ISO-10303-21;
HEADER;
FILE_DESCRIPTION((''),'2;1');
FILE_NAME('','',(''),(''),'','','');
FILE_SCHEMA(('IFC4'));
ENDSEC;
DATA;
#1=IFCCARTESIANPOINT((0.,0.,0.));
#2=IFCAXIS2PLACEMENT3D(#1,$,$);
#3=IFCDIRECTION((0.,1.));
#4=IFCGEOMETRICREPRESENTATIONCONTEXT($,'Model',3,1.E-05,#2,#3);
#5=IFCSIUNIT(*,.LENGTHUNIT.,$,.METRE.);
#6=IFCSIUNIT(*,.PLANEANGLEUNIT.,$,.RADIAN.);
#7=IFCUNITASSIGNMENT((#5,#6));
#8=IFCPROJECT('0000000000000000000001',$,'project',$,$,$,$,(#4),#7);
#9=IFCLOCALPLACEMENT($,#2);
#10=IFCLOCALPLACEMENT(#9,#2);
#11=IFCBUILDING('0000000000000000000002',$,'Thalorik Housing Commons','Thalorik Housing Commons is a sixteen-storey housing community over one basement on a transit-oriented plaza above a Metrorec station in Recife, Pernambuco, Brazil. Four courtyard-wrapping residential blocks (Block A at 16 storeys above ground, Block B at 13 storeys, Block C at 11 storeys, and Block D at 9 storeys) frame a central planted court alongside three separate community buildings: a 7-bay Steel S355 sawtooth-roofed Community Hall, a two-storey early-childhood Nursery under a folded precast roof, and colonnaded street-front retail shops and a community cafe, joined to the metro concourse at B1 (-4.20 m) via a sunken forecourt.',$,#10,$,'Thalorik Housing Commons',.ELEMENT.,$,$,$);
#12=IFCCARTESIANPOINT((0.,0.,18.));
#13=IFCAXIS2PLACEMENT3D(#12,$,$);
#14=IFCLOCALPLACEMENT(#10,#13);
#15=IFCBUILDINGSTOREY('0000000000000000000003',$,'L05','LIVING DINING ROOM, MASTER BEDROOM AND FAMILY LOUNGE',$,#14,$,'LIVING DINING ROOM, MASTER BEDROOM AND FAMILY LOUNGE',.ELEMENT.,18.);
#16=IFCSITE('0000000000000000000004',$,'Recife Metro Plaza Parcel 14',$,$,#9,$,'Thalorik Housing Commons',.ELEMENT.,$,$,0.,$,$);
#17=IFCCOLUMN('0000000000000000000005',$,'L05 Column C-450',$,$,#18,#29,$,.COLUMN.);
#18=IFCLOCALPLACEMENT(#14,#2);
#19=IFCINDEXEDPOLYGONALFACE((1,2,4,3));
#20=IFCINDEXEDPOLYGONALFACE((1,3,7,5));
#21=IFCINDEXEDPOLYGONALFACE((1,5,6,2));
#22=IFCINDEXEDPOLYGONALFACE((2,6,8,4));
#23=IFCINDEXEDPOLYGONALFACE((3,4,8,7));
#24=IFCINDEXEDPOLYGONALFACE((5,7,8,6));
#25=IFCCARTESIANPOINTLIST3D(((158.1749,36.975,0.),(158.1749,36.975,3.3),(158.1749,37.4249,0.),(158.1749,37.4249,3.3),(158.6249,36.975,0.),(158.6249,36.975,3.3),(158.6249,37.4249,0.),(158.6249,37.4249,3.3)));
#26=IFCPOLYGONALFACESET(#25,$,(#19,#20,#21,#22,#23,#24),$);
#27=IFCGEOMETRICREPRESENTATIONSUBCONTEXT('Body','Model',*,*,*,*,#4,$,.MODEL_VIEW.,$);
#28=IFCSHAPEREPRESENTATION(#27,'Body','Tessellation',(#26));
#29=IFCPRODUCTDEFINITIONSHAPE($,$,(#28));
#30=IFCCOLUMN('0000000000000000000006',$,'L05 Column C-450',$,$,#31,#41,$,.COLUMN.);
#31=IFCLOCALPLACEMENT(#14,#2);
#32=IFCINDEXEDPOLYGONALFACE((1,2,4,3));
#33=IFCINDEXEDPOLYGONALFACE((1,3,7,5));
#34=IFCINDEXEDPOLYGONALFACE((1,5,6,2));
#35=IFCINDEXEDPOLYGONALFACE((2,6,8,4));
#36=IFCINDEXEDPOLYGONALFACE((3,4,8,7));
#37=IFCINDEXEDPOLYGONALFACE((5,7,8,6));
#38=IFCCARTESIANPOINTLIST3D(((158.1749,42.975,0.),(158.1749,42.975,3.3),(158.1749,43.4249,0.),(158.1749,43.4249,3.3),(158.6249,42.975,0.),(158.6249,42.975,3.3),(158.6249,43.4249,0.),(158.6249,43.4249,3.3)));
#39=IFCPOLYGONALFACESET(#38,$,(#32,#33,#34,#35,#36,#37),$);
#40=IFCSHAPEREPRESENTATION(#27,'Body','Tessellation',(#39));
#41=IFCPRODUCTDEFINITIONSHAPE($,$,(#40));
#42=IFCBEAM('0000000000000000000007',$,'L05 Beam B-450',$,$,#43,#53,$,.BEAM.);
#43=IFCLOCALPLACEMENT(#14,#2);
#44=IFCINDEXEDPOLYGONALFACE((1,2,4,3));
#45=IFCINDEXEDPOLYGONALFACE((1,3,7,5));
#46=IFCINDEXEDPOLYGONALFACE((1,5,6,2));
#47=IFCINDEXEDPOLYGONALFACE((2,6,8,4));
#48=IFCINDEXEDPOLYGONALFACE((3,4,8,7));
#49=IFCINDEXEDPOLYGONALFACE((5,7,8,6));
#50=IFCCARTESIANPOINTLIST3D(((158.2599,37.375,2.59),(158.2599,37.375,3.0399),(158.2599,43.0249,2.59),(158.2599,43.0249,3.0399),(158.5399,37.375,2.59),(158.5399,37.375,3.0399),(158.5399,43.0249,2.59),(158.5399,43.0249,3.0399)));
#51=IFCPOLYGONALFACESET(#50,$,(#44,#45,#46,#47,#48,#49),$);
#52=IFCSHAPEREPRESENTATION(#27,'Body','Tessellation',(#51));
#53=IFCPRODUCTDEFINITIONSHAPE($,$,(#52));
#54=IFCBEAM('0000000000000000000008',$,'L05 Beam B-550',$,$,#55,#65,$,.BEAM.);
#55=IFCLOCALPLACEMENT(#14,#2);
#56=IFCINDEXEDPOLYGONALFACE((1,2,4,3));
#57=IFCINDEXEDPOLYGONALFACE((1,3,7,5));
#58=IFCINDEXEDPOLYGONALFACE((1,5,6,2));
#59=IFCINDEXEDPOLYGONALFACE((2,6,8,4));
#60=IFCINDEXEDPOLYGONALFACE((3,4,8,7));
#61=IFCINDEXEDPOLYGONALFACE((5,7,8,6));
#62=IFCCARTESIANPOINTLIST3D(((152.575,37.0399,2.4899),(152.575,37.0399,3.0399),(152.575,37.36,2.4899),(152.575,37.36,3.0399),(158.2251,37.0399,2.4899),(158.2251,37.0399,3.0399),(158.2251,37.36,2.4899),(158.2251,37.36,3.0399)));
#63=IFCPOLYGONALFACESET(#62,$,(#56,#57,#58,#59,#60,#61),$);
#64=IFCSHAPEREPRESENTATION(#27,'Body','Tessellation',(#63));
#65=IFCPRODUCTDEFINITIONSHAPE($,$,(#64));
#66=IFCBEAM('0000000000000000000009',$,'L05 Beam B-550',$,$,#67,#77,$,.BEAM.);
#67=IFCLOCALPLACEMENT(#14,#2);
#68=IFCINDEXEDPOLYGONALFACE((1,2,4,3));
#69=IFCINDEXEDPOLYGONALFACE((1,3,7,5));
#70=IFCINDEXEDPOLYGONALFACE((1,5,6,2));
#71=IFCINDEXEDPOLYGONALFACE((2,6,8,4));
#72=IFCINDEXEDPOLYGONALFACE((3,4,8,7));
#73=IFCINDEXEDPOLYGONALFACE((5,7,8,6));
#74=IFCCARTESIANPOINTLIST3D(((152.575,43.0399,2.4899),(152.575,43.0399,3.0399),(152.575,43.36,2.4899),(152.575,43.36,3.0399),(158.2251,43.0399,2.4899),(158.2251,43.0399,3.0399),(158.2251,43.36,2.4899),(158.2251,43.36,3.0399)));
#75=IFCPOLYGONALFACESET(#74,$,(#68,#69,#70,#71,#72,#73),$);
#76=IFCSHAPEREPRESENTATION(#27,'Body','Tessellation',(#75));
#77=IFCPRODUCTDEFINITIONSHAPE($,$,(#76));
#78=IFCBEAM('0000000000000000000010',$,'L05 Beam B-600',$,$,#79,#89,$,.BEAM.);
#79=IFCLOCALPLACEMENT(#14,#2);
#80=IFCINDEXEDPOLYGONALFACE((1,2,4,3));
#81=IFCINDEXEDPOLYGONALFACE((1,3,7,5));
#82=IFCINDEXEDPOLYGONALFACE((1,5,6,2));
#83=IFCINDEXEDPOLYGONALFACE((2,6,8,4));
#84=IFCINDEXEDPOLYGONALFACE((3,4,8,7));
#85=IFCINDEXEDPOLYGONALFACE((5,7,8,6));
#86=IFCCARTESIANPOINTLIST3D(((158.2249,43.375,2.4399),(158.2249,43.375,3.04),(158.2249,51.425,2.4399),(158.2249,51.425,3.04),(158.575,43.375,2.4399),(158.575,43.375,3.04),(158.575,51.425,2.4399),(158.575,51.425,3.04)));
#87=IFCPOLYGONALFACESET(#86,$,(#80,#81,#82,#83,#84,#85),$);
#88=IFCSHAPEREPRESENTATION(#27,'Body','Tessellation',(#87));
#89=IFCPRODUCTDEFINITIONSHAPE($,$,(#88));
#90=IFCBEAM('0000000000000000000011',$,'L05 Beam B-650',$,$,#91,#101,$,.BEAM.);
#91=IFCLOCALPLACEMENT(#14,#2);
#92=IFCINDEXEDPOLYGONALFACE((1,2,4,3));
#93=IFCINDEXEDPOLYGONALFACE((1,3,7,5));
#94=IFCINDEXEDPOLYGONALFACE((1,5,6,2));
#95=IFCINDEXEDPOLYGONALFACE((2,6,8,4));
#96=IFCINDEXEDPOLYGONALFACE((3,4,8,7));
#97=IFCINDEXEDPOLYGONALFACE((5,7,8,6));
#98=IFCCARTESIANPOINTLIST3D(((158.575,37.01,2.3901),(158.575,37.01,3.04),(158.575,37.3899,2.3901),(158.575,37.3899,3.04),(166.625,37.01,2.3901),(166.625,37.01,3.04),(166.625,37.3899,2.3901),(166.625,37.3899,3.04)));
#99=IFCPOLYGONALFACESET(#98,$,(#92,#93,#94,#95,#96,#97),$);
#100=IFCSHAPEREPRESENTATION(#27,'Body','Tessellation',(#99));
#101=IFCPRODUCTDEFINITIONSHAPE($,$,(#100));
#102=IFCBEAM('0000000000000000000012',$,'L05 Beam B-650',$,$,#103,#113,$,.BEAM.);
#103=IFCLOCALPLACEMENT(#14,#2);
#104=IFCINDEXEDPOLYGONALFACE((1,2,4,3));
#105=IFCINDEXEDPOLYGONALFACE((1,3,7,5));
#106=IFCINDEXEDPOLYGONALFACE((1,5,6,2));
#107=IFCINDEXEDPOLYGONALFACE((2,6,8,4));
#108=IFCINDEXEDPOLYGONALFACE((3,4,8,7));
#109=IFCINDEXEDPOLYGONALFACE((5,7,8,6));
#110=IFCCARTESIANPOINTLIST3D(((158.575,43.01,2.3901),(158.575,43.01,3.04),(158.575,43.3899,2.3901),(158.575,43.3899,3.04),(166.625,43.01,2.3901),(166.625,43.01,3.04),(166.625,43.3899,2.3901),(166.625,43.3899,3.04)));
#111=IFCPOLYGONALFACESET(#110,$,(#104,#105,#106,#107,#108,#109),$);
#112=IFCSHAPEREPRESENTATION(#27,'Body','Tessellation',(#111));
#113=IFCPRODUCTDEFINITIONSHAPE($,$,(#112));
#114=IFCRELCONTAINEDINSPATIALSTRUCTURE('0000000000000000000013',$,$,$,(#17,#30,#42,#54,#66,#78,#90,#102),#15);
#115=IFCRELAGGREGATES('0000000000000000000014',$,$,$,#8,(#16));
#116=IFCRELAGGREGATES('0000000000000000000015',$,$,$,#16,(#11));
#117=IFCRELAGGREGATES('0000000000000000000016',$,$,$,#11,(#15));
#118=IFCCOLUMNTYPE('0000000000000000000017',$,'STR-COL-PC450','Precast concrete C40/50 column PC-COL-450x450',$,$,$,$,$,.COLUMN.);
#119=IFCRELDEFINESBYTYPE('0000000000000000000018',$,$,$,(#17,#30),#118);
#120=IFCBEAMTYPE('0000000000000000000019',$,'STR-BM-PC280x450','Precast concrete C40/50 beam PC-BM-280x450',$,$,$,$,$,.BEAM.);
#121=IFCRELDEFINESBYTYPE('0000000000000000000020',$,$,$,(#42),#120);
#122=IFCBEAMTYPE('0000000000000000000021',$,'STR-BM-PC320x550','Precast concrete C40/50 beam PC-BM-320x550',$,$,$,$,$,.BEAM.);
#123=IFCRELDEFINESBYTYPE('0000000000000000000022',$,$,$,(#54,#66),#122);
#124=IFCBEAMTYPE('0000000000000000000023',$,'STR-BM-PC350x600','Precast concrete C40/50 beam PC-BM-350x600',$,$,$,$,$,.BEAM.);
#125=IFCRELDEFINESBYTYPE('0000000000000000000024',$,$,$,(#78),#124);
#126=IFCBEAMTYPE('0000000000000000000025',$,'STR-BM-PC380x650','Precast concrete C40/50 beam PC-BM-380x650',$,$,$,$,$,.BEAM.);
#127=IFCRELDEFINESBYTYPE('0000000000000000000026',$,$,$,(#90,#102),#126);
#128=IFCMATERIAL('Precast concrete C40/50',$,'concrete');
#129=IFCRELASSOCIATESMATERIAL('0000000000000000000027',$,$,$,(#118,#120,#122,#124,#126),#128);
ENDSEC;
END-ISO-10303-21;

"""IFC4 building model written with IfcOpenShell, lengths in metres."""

from ifc_helpers import new_model, si_unit, direction, frame, origin, origin_2d, place, context, subcontext, project, spatial, rectangle, extrude, material, material_profile, profile_set, type_object, element, save


model = new_model("IFC4")

# Units and contexts
model_context = context("Model", 3, precision=1e-05, world=origin(), true_north=direction((0.0, 1.0)))
body_context = subcontext(model_context, "Body", "Model", "MODEL_VIEW")
ifc_project = project(units=[si_unit("LENGTHUNIT", "METRE"), si_unit("PLANEANGLEUNIT", "RADIAN")], contexts=[model_context])

# Site, building, storey
site_placement = place(None, origin())
site = spatial("IfcSite", under=ifc_project, at=site_placement, Name="Recife Metro Plaza Parcel 14", LongName="Thalorik Housing Commons", CompositionType="ELEMENT", RefElevation=0.0)
building_placement = place(site_placement, origin())
building = spatial("IfcBuilding", under=site, at=building_placement, Name="Thalorik Housing Commons", Description="Thalorik Housing Commons is a sixteen-storey housing community over one basement on a transit-oriented plaza above a Metrorec station in Recife, Pernambuco, Brazil. Four courtyard-wrapping residential blocks (Block A at 16 storeys above ground, Block B at 13 storeys, Block C at 11 storeys, and Block D at 9 storeys) frame a central planted court alongside three separate community buildings: a 7-bay Steel S355 sawtooth-roofed Community Hall, a two-storey early-childhood Nursery under a folded precast roof, and colonnaded street-front retail shops and a community cafe, joined to the metro concourse at B1 (-4.20 m) via a sunken forecourt.", LongName="Thalorik Housing Commons", CompositionType="ELEMENT")
storey_placement = place(building_placement, frame((0.0, 0.0, 18.0)))
storey = spatial("IfcBuildingStorey", under=building, at=storey_placement, Name="L05", Description="LIVING DINING ROOM, MASTER BEDROOM AND FAMILY LOUNGE", LongName="LIVING DINING ROOM, MASTER BEDROOM AND FAMILY LOUNGE", CompositionType="ELEMENT", Elevation=18.0)

# Columns
ifc_material_1 = material(Name="Precast concrete C40/50", Category="concrete")
ifc_material_profile_1 = material_profile(ifc_material_1, rectangle(XDim=0.45, YDim=0.45, at=origin_2d()), Name="PC 450x450", Category="concrete")
ifc_profile_set_1 = profile_set([ifc_material_profile_1], Name="Precast concrete C40/50")
column_type = type_object("IfcColumnType", Name="STR-COL-PC450", Description="Precast concrete C40/50 column PC-COL-450x450", PredefinedType="COLUMN", material=ifc_profile_set_1)
for number, where, z_axis, x_axis, name in (
    (1, (158.3999, 37.2, 0.0), (0.0, 0.0, 1.0), (1.0, 0.0, 0.0), "L05 Column C-450"),
    (2, (158.3999, 43.2, 0.0), (0.0, 0.0, 1.0), (1.0, 0.0, 0.0), "L05 Column C-450"),
):
    element("IfcColumn", number, at=place(storey_placement, frame(where, z_axis=z_axis, x_axis=x_axis)), inside=storey, type_object=column_type, Name=name, PredefinedType="COLUMN", context=body_context, shape_type="SweptSolid", body=[
        extrude(rectangle(XDim=0.45, YDim=0.45, at=origin_2d()), origin(), (0.0, 0.0, 1.0), 3.3),
    ])

# Beams
ifc_material_profile_2 = material_profile(ifc_material_1, rectangle(XDim=0.28, YDim=0.45, at=origin_2d()), Name="PC 280x450", Category="concrete")
ifc_profile_set_2 = profile_set([ifc_material_profile_2], Name="Precast concrete C40/50")
beam_type_1 = type_object("IfcBeamType", Name="STR-BM-PC280x450", Description="Precast concrete C40/50 beam PC-BM-280x450", PredefinedType="BEAM", material=ifc_profile_set_2)
beam_1_placement = place(storey_placement, frame((158.3999, 37.375, 2.8149), z_axis=(0.0, 1.0, 0.0), x_axis=(-1.0, 0.0, 0.0)))
element("IfcBeam", 3, at=beam_1_placement, inside=storey, type_object=beam_type_1, Name="L05 Beam B-450", PredefinedType="BEAM", context=body_context, shape_type="SweptSolid", body=[
    extrude(rectangle(XDim=0.28, YDim=0.45, at=origin_2d()), origin(), (0.0, 0.0, 1.0), 5.6499),
])
ifc_material_profile_3 = material_profile(ifc_material_1, rectangle(XDim=0.3201, YDim=0.55, at=origin_2d()), Name="PC 320x550", Category="concrete")
ifc_profile_set_3 = profile_set([ifc_material_profile_3], Name="Precast concrete C40/50")
beam_type_2 = type_object("IfcBeamType", Name="STR-BM-PC320x550", Description="Precast concrete C40/50 beam PC-BM-320x550", PredefinedType="BEAM", material=ifc_profile_set_3)
for number, where, z_axis, x_axis, name in (
    (4, (152.575, 37.2, 2.7649), (1.0, 0.0, 0.0), (0.0, 1.0, 0.0), "L05 Beam B-550"),
    (5, (152.575, 43.2, 2.7649), (1.0, 0.0, 0.0), (0.0, 1.0, 0.0), "L05 Beam B-550"),
):
    element("IfcBeam", number, at=place(storey_placement, frame(where, z_axis=z_axis, x_axis=x_axis)), inside=storey, type_object=beam_type_2, Name=name, PredefinedType="BEAM", context=body_context, shape_type="SweptSolid", body=[
        extrude(rectangle(XDim=0.3201, YDim=0.55, at=origin_2d()), origin(), (0.0, 0.0, 1.0), 5.6501),
    ])
ifc_material_profile_4 = material_profile(ifc_material_1, rectangle(XDim=0.3501, YDim=0.6001, at=origin_2d()), Name="PC 350x600", Category="concrete")
ifc_profile_set_4 = profile_set([ifc_material_profile_4], Name="Precast concrete C40/50")
beam_type_3 = type_object("IfcBeamType", Name="STR-BM-PC350x600", Description="Precast concrete C40/50 beam PC-BM-350x600", PredefinedType="BEAM", material=ifc_profile_set_4)
beam_2_placement = place(storey_placement, frame((158.3999, 43.375, 2.74), z_axis=(0.0, 1.0, 0.0), x_axis=(-1.0, 0.0, 0.0)))
element("IfcBeam", 6, at=beam_2_placement, inside=storey, type_object=beam_type_3, Name="L05 Beam B-600", PredefinedType="BEAM", context=body_context, shape_type="SweptSolid", body=[
    extrude(rectangle(XDim=0.3501, YDim=0.6001, at=origin_2d()), origin(), (0.0, 0.0, 1.0), 8.05),
])
ifc_material_profile_5 = material_profile(ifc_material_1, rectangle(XDim=0.3799, YDim=0.6499, at=origin_2d()), Name="PC 380x650", Category="concrete")
ifc_profile_set_5 = profile_set([ifc_material_profile_5], Name="Precast concrete C40/50")
beam_type_4 = type_object("IfcBeamType", Name="STR-BM-PC380x650", Description="Precast concrete C40/50 beam PC-BM-380x650", PredefinedType="BEAM", material=ifc_profile_set_5)
for number, where, z_axis, x_axis, name in (
    (7, (158.575, 37.2, 2.7151), (1.0, 0.0, 0.0), (0.0, 1.0, 0.0), "L05 Beam B-650"),
    (8, (158.575, 43.2, 2.7151), (1.0, 0.0, 0.0), (0.0, 1.0, 0.0), "L05 Beam B-650"),
):
    element("IfcBeam", number, at=place(storey_placement, frame(where, z_axis=z_axis, x_axis=x_axis)), inside=storey, type_object=beam_type_4, Name=name, PredefinedType="BEAM", context=body_context, shape_type="SweptSolid", body=[
        extrude(rectangle(XDim=0.3799, YDim=0.6499, at=origin_2d()), origin(), (0.0, 0.0, 1.0), 8.05),
    ])

save(model, "model.ifc")
